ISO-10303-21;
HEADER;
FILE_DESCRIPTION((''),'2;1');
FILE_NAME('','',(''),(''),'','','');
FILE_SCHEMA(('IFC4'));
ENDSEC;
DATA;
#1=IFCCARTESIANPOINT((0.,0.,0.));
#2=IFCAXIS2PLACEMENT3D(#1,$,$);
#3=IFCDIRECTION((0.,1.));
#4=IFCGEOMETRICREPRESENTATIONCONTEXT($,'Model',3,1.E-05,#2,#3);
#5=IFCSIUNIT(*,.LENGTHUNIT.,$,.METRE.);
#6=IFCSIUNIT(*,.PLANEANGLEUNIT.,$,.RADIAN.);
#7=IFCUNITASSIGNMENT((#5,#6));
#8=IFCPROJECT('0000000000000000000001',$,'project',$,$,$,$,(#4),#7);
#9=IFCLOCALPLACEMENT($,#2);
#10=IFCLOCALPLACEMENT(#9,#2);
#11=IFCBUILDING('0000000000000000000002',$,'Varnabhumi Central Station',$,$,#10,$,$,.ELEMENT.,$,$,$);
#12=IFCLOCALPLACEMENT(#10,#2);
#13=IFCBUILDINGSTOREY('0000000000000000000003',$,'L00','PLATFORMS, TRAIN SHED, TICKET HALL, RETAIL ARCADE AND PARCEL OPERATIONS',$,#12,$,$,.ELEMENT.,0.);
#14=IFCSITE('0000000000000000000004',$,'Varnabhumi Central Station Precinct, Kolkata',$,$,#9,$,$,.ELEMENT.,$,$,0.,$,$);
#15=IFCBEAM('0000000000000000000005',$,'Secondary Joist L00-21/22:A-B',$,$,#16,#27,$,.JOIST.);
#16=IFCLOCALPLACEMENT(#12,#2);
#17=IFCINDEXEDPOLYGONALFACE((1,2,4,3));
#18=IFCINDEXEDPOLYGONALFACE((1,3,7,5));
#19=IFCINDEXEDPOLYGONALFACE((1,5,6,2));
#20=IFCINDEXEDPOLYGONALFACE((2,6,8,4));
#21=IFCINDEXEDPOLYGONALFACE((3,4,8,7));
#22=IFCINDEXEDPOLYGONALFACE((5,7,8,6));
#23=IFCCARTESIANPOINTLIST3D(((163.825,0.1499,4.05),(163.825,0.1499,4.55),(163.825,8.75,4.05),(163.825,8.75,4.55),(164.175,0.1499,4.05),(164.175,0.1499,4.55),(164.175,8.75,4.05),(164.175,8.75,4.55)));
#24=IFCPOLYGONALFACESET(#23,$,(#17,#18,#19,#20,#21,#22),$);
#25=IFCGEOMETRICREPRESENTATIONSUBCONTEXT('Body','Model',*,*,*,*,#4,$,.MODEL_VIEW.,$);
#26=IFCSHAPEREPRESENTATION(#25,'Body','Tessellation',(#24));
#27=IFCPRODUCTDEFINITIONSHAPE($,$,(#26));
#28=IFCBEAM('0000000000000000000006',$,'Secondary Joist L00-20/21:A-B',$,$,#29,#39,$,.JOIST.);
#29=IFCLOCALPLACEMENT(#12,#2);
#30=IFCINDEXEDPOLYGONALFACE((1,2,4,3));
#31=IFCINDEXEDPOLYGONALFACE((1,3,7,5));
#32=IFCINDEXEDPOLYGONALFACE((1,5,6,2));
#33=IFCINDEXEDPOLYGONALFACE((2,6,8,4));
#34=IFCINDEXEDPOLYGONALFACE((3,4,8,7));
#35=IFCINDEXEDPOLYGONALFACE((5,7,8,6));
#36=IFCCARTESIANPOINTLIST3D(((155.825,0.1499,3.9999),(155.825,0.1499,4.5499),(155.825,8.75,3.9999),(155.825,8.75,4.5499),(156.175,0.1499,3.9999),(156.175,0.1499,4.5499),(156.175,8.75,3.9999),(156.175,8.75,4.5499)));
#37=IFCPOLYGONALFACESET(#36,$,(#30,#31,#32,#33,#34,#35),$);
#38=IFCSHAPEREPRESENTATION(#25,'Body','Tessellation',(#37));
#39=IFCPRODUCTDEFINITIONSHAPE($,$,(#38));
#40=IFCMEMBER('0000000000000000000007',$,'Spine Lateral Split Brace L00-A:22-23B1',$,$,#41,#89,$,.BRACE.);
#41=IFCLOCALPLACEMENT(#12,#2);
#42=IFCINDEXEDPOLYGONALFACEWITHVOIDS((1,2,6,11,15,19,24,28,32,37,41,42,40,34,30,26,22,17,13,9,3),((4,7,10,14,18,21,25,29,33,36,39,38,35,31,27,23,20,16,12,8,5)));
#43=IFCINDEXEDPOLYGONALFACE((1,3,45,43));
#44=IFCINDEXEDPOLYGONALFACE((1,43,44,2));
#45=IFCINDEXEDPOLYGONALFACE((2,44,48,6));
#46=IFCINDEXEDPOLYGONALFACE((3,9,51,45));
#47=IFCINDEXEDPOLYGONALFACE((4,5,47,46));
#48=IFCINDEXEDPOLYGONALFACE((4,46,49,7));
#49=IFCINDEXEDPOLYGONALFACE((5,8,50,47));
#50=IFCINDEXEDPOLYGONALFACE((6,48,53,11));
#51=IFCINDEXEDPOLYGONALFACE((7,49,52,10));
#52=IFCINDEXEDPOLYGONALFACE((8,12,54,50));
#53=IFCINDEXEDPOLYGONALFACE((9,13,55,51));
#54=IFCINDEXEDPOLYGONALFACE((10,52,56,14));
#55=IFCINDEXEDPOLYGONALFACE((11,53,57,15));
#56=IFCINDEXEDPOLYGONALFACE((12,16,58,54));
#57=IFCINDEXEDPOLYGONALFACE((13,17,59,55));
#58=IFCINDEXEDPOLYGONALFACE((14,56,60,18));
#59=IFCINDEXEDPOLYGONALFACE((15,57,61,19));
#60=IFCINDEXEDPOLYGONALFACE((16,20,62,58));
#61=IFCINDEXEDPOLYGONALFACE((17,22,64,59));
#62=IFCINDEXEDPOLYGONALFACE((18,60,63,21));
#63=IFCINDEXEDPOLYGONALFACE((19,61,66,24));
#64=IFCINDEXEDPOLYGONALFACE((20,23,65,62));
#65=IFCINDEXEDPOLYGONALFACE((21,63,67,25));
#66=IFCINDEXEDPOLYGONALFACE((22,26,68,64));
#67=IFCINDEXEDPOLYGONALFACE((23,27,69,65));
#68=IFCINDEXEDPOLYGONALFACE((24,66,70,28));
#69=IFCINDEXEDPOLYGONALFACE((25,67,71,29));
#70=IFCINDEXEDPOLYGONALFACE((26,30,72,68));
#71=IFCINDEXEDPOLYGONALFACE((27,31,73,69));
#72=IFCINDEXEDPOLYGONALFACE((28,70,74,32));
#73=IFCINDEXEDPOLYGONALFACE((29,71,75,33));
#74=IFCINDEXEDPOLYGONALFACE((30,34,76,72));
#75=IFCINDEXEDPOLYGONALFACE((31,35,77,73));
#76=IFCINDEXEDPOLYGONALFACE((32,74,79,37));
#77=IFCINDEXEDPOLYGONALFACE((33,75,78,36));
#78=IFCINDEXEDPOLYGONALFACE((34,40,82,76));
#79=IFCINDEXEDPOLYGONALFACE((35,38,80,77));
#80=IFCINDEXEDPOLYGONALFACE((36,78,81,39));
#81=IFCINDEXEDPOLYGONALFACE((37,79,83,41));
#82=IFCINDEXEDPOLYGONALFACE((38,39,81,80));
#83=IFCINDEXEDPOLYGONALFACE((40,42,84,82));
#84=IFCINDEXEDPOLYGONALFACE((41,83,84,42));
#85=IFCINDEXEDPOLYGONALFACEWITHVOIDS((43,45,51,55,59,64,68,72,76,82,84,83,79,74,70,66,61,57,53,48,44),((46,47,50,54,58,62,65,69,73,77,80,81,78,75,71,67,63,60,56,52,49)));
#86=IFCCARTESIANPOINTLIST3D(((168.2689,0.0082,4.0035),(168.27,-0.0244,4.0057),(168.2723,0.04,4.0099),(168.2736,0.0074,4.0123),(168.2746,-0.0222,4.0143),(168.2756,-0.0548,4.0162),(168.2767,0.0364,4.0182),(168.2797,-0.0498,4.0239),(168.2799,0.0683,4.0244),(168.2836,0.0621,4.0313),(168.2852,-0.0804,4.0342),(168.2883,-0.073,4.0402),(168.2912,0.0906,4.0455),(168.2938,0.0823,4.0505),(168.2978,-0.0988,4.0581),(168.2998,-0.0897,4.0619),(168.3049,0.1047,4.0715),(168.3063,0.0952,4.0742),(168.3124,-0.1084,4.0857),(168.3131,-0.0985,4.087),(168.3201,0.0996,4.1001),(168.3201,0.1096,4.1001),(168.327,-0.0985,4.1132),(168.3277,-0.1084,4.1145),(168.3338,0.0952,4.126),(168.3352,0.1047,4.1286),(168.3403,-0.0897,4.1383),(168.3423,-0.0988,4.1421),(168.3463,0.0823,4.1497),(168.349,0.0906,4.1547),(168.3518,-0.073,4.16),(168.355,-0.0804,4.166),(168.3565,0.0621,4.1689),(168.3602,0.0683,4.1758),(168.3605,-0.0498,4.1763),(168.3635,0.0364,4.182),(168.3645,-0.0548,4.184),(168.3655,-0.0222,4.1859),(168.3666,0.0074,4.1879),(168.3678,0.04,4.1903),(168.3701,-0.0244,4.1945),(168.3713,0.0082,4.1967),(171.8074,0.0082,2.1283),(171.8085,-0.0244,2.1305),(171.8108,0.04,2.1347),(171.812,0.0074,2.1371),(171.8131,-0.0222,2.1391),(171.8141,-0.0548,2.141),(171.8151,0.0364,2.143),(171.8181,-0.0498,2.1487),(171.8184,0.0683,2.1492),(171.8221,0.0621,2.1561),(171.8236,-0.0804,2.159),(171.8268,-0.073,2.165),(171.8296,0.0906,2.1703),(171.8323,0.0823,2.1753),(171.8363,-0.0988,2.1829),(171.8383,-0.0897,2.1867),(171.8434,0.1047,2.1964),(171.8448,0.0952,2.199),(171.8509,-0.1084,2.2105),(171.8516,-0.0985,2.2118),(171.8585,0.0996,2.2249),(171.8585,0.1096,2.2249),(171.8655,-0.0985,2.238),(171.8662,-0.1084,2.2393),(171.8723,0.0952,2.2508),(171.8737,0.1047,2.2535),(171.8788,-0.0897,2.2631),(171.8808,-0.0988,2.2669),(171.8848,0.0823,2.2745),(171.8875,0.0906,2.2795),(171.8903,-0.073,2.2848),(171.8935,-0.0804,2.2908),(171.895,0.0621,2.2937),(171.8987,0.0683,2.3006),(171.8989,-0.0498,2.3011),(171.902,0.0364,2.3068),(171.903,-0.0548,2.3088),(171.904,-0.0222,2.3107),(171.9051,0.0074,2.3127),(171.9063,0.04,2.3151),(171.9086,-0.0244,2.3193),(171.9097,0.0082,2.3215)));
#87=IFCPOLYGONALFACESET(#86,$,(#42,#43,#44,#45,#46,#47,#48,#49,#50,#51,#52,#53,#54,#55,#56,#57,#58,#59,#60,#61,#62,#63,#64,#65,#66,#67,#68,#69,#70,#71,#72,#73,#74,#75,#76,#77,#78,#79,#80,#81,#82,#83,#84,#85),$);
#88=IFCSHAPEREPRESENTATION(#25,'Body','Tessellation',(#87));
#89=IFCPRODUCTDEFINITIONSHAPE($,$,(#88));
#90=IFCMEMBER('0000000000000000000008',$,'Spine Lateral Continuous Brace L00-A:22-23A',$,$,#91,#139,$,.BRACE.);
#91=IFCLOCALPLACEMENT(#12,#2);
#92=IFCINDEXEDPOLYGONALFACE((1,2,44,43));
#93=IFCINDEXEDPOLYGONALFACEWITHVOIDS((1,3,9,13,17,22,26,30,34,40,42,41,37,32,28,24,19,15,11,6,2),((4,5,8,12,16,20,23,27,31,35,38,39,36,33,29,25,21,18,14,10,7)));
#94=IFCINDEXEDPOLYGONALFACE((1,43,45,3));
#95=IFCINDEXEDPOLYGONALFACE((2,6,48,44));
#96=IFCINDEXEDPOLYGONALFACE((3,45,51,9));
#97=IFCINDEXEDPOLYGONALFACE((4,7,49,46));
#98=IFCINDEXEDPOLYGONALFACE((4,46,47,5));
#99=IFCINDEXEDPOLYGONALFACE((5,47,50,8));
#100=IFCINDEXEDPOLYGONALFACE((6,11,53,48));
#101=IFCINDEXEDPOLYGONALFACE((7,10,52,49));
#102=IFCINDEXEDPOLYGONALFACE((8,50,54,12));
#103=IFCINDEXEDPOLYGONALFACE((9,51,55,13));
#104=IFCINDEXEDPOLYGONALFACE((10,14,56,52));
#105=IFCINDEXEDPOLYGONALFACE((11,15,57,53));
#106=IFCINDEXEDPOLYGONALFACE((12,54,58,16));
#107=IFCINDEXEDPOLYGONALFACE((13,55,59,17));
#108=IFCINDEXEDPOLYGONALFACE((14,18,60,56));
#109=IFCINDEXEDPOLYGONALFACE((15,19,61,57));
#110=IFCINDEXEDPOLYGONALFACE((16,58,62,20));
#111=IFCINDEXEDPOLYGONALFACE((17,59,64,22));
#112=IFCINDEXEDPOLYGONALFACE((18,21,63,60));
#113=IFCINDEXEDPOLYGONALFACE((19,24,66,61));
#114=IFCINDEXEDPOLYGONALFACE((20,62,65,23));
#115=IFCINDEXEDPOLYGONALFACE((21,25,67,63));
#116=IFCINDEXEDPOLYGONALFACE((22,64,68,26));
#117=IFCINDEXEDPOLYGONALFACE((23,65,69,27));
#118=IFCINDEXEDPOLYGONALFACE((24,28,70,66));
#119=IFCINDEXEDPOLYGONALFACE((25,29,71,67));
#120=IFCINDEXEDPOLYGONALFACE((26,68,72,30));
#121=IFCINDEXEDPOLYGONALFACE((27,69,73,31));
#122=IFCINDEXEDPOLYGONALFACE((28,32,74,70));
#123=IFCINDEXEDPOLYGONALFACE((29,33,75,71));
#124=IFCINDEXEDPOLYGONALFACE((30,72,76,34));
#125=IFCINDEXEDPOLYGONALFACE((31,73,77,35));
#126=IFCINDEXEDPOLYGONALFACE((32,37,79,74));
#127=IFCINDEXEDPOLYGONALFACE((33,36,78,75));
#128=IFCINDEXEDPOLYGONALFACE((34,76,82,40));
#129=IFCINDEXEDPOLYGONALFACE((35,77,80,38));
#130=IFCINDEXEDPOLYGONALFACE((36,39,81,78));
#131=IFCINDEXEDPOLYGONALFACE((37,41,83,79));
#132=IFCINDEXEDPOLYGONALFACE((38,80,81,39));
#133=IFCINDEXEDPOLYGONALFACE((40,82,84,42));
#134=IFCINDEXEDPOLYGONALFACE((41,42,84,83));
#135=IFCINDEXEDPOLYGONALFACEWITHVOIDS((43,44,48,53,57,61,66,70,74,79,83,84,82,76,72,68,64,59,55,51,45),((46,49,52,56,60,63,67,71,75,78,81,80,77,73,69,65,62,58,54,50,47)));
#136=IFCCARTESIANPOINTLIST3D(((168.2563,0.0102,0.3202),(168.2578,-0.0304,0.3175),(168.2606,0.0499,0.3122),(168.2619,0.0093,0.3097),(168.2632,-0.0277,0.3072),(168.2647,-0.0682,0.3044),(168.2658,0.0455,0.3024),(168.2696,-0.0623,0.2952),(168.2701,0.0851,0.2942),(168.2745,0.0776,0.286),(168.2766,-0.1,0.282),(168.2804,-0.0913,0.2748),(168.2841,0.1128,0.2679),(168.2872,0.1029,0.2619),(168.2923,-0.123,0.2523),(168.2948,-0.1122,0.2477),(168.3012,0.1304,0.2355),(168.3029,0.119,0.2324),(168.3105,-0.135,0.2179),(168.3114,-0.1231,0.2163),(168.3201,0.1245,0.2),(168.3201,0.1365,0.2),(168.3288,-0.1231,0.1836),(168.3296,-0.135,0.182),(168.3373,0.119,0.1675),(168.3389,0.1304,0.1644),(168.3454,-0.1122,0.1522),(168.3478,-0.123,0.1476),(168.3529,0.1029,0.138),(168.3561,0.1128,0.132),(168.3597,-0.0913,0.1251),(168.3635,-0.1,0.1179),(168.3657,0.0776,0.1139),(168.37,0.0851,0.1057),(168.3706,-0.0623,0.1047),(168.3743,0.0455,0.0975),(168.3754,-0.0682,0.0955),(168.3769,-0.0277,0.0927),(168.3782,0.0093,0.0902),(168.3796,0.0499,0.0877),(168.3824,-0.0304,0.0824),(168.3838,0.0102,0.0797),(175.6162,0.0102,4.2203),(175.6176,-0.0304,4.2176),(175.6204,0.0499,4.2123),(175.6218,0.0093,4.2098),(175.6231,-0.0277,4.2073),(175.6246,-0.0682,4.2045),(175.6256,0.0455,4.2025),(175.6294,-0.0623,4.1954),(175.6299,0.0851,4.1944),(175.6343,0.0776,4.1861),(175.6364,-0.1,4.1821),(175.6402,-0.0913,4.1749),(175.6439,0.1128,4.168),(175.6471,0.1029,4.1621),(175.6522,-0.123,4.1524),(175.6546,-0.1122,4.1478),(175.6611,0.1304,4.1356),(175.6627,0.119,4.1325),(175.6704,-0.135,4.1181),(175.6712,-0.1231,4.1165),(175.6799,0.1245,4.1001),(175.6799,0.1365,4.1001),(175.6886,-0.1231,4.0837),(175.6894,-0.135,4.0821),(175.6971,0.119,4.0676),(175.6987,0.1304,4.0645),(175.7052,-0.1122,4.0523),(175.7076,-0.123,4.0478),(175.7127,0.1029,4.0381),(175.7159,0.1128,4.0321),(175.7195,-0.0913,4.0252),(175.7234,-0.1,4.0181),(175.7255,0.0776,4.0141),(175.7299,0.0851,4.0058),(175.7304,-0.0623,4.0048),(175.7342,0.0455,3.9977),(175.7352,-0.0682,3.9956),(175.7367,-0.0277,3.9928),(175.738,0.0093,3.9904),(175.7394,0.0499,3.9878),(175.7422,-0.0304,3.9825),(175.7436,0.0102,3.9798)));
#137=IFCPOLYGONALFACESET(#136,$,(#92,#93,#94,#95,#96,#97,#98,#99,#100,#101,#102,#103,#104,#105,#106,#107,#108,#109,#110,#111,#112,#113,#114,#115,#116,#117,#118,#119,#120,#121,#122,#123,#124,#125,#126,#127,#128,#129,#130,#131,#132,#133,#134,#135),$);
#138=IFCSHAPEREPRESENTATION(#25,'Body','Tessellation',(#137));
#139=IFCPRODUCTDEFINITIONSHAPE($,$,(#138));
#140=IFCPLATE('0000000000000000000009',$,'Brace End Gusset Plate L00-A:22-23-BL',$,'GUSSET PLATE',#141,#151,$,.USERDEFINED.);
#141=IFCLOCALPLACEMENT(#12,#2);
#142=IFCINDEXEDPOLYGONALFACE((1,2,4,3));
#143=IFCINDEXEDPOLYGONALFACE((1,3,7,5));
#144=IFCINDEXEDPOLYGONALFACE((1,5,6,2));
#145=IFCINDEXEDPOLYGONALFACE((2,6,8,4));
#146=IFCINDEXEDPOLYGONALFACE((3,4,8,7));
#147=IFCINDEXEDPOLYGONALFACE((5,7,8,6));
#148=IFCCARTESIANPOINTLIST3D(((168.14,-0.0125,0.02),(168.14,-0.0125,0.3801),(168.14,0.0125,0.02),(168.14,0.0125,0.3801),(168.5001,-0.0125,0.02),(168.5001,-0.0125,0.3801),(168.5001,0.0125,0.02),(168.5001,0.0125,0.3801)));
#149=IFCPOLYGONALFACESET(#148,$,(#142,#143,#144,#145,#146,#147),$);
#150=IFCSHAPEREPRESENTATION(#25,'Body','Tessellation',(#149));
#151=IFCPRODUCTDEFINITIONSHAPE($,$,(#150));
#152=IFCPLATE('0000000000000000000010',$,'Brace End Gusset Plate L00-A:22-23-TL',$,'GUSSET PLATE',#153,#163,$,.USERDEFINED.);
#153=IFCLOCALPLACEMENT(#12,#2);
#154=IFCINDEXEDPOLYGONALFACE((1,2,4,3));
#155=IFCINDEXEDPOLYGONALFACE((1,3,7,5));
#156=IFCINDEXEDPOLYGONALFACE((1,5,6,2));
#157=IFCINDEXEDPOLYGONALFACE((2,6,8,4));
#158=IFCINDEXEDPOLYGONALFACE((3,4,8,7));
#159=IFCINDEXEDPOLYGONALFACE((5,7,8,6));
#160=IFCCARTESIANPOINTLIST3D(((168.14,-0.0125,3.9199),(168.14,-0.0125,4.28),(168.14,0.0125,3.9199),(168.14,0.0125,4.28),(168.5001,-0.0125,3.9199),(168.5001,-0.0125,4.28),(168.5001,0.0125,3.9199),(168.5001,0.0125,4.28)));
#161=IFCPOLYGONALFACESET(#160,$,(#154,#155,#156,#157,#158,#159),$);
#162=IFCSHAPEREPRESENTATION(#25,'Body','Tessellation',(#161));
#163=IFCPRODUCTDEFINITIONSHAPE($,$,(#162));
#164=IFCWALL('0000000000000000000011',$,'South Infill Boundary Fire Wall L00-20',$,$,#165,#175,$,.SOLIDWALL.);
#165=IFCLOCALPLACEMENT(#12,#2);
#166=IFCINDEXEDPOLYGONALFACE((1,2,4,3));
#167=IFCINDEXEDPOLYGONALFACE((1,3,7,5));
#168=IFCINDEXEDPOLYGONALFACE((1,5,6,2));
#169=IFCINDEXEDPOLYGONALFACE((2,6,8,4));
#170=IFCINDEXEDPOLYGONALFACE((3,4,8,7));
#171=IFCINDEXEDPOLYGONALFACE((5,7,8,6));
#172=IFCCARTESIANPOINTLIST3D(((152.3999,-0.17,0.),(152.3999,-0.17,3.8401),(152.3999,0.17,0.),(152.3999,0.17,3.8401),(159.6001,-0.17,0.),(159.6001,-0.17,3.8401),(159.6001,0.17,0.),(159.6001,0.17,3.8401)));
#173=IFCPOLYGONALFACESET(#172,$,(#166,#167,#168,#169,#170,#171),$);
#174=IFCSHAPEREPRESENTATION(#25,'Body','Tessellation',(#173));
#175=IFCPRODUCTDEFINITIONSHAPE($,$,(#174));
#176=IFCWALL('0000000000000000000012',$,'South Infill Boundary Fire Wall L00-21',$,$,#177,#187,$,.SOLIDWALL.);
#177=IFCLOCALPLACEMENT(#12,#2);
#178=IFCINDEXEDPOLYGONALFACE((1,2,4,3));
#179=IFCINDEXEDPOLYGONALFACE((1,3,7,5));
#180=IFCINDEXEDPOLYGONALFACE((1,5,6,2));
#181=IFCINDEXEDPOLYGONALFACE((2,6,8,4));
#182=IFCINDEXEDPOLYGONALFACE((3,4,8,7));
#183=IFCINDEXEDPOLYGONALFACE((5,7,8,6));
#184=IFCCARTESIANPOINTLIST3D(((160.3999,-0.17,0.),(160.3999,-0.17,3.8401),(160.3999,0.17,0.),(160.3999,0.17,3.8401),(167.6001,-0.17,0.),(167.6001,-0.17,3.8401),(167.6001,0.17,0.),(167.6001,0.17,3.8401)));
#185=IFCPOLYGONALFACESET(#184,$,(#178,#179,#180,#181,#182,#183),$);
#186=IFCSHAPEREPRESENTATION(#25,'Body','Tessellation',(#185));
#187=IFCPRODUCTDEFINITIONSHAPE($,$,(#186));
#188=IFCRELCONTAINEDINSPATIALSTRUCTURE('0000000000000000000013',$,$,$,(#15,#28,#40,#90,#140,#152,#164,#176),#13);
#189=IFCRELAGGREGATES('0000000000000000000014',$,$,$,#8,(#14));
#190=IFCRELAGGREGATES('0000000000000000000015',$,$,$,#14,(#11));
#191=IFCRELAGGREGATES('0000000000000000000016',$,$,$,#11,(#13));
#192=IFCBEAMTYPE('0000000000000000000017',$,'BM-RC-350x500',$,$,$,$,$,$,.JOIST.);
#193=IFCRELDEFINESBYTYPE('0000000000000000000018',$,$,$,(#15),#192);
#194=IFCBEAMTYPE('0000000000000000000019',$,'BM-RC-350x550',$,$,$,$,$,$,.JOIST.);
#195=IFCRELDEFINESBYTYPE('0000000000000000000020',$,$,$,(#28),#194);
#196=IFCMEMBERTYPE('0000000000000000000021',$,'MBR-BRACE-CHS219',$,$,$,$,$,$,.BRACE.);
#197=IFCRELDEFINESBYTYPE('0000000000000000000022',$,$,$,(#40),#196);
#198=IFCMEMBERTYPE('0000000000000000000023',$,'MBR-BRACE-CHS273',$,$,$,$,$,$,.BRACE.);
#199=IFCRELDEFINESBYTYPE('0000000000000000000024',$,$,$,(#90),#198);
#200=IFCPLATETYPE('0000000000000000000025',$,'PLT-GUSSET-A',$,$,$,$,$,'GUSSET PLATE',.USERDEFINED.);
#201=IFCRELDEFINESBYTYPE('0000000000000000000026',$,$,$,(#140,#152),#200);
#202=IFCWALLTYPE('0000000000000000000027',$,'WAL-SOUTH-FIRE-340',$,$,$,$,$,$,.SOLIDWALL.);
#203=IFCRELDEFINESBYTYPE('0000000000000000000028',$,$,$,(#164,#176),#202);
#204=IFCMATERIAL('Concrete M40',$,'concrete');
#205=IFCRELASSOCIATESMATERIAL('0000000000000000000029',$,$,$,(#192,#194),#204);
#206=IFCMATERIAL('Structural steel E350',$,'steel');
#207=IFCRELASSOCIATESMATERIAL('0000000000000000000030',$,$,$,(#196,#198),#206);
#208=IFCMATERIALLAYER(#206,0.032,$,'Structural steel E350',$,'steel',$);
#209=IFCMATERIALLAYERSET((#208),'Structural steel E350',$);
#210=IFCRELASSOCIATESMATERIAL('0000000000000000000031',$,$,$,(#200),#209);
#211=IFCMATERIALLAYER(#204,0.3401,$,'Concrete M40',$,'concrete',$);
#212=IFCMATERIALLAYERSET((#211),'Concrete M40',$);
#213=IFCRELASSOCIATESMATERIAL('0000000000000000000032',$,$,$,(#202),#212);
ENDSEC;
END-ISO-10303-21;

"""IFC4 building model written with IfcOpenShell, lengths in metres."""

from ifc_helpers import new_model, si_unit, direction, frame, frame_2d, origin, origin_2d, place, context, subcontext, project, spatial, rectangle, hollow_circle, extrude, material, layer, layer_set, material_profile, profile_set, type_object, element, save


model = new_model("IFC4")

# Units and contexts
model_context = context("Model", 3, precision=1e-05, world=origin(), true_north=direction((0.0, 1.0)))
body_context = subcontext(model_context, "Body", "Model", "MODEL_VIEW")
ifc_project = project(units=[si_unit("LENGTHUNIT", "METRE"), si_unit("PLANEANGLEUNIT", "RADIAN")], contexts=[model_context])

# Site, building, storey
site_placement = place(None, origin())
site = spatial("IfcSite", under=ifc_project, at=site_placement, Name="Varnabhumi Central Station Precinct, Kolkata", CompositionType="ELEMENT", RefElevation=0.0)
building_placement = place(site_placement, origin())
building = spatial("IfcBuilding", under=site, at=building_placement, Name="Varnabhumi Central Station", CompositionType="ELEMENT")
storey_placement = place(building_placement, origin())
storey = spatial("IfcBuildingStorey", under=building, at=storey_placement, Name="L00", Description="PLATFORMS, TRAIN SHED, TICKET HALL, RETAIL ARCADE AND PARCEL OPERATIONS", CompositionType="ELEMENT", Elevation=0.0)

# Shared definitions
ifc_material_1 = material(Name="Concrete M40", Category="concrete")

# Beams
ifc_material_profile_1 = material_profile(ifc_material_1, rectangle(XDim=0.3501, YDim=0.5, at=origin_2d()), Name="Concrete M40", Category="concrete")
ifc_profile_set_1 = profile_set([ifc_material_profile_1], Name="Concrete M40")
beam_type_1 = type_object("IfcBeamType", Name="BM-RC-350x500", PredefinedType="JOIST", material=ifc_profile_set_1)
beam_1_placement = place(storey_placement, frame((164.0, 0.1499, 4.3), z_axis=(0.0, 1.0, 0.0), x_axis=(-1.0, 0.0, 0.0)))
element("IfcBeam", 1, at=beam_1_placement, inside=storey, type_object=beam_type_1, Name="Secondary Joist L00-21/22:A-B", PredefinedType="JOIST", context=body_context, shape_type="SweptSolid", body=[
    extrude(rectangle(XDim=0.3501, YDim=0.5, at=origin_2d()), origin(), (0.0, 0.0, 1.0), 8.6001),
])
ifc_material_profile_2 = material_profile(ifc_material_1, rectangle(XDim=0.3501, YDim=0.55, at=origin_2d()), Name="Concrete M40", Category="concrete")
ifc_profile_set_2 = profile_set([ifc_material_profile_2], Name="Concrete M40")
beam_type_2 = type_object("IfcBeamType", Name="BM-RC-350x550", PredefinedType="JOIST", material=ifc_profile_set_2)
beam_2_placement = place(storey_placement, frame((156.0, 0.1499, 4.2749), z_axis=(0.0, 1.0, 0.0), x_axis=(-1.0, 0.0, 0.0)))
element("IfcBeam", 2, at=beam_2_placement, inside=storey, type_object=beam_type_2, Name="Secondary Joist L00-20/21:A-B", PredefinedType="JOIST", context=body_context, shape_type="SweptSolid", body=[
    extrude(rectangle(XDim=0.3501, YDim=0.55, at=origin_2d()), origin(), (0.0, 0.0, 1.0), 8.6001),
])

# Members
ifc_material_2 = material(Name="Structural steel E350", Category="steel")
ifc_material_profile_3 = material_profile(ifc_material_2, hollow_circle(Radius=0.1096, WallThickness=0.01, at=origin_2d()), Name="Structural steel E350", Category="steel")
ifc_profile_set_3 = profile_set([ifc_material_profile_3], Name="Structural steel E350")
member_type_1 = type_object("IfcMemberType", Name="MBR-BRACE-CHS219", PredefinedType="BRACE", material=ifc_profile_set_3)
member_1_placement = place(storey_placement, frame((168.3201, 0.0, 4.1001), z_axis=(0.883594, 0.0, -0.468255), x_axis=(0.0, 1.0, 0.0)))
element("IfcMember", 3, at=member_1_placement, inside=storey, type_object=member_type_1, Name="Spine Lateral Split Brace L00-A:22-23B1", PredefinedType="BRACE", context=body_context, shape_type="SweptSolid", body=[
    extrude(hollow_circle(Radius=0.1096, WallThickness=0.01, at=origin_2d()), origin(), (0.0, 0.0, 1.0), 4.0046),
])
ifc_material_profile_4 = material_profile(ifc_material_2, hollow_circle(Radius=0.1365, WallThickness=0.012, at=origin_2d()), Name="Structural steel E350", Category="steel")
ifc_profile_set_4 = profile_set([ifc_material_profile_4], Name="Structural steel E350")
member_type_2 = type_object("IfcMemberType", Name="MBR-BRACE-CHS273", PredefinedType="BRACE", material=ifc_profile_set_4)
member_2_placement = place(storey_placement, frame((168.3201, 0.0, 0.2), z_axis=(0.883602, 0.0, 0.468239), x_axis=(0.0, 1.0, 0.0)))
element("IfcMember", 4, at=member_2_placement, inside=storey, type_object=member_type_2, Name="Spine Lateral Continuous Brace L00-A:22-23A", PredefinedType="BRACE", context=body_context, shape_type="SweptSolid", body=[
    extrude(hollow_circle(Radius=0.1365, WallThickness=0.012, at=origin_2d()), origin(), (0.0, 0.0, 1.0), 8.3293),
])

# Plates
ifc_layer_1 = layer(ifc_material_2, 0.032, Name="Structural steel E350", Category="steel")
ifc_layer_set_1 = layer_set([ifc_layer_1], Name="Structural steel E350")
plate_type = type_object("IfcPlateType", Name="PLT-GUSSET-A", ElementType="GUSSET PLATE", PredefinedType="USERDEFINED", material=ifc_layer_set_1)
for number, where, z_axis, x_axis, name in (
    (5, (168.3201, 0.0, 0.02), (0.0, 0.0, 1.0), (1.0, 0.0, 0.0), "Brace End Gusset Plate L00-A:22-23-BL"),
    (6, (168.3201, 0.0, 3.9199), (0.0, 0.0, 1.0), (1.0, 0.0, 0.0), "Brace End Gusset Plate L00-A:22-23-TL"),
):
    element("IfcPlate", number, at=place(storey_placement, frame(where, z_axis=z_axis, x_axis=x_axis)), inside=storey, type_object=plate_type, Name=name, ObjectType="GUSSET PLATE", PredefinedType="USERDEFINED", context=body_context, shape_type="SweptSolid", body=[
        extrude(rectangle(XDim=0.3601, YDim=0.0249, at=origin_2d()), origin(), (0.0, 0.0, 1.0), 0.3601),
    ])

# Walls
ifc_layer_2 = layer(ifc_material_1, 0.3401, Name="Concrete M40", Category="concrete")
ifc_layer_set_2 = layer_set([ifc_layer_2], Name="Concrete M40")
wall_type = type_object("IfcWallType", Name="WAL-SOUTH-FIRE-340", PredefinedType="SOLIDWALL", material=ifc_layer_set_2)
for number, where, z_axis, x_axis, name in (
    (7, (152.3999, 0.0, 0.0), (0.0, 0.0, 1.0), (1.0, 0.0, 0.0), "South Infill Boundary Fire Wall L00-20"),
    (8, (160.3999, 0.0, 0.0), (0.0, 0.0, 1.0), (1.0, 0.0, 0.0), "South Infill Boundary Fire Wall L00-21"),
):
    element("IfcWall", number, at=place(storey_placement, frame(where, z_axis=z_axis, x_axis=x_axis)), inside=storey, type_object=wall_type, Name=name, PredefinedType="SOLIDWALL", context=body_context, shape_type="SweptSolid", body=[
        extrude(rectangle(XDim=7.2002, YDim=0.3401, at=frame_2d((3.6001, 0.0))), origin(), (0.0, 0.0, 1.0), 3.8401),
    ])

save(model, "model.ifc")
